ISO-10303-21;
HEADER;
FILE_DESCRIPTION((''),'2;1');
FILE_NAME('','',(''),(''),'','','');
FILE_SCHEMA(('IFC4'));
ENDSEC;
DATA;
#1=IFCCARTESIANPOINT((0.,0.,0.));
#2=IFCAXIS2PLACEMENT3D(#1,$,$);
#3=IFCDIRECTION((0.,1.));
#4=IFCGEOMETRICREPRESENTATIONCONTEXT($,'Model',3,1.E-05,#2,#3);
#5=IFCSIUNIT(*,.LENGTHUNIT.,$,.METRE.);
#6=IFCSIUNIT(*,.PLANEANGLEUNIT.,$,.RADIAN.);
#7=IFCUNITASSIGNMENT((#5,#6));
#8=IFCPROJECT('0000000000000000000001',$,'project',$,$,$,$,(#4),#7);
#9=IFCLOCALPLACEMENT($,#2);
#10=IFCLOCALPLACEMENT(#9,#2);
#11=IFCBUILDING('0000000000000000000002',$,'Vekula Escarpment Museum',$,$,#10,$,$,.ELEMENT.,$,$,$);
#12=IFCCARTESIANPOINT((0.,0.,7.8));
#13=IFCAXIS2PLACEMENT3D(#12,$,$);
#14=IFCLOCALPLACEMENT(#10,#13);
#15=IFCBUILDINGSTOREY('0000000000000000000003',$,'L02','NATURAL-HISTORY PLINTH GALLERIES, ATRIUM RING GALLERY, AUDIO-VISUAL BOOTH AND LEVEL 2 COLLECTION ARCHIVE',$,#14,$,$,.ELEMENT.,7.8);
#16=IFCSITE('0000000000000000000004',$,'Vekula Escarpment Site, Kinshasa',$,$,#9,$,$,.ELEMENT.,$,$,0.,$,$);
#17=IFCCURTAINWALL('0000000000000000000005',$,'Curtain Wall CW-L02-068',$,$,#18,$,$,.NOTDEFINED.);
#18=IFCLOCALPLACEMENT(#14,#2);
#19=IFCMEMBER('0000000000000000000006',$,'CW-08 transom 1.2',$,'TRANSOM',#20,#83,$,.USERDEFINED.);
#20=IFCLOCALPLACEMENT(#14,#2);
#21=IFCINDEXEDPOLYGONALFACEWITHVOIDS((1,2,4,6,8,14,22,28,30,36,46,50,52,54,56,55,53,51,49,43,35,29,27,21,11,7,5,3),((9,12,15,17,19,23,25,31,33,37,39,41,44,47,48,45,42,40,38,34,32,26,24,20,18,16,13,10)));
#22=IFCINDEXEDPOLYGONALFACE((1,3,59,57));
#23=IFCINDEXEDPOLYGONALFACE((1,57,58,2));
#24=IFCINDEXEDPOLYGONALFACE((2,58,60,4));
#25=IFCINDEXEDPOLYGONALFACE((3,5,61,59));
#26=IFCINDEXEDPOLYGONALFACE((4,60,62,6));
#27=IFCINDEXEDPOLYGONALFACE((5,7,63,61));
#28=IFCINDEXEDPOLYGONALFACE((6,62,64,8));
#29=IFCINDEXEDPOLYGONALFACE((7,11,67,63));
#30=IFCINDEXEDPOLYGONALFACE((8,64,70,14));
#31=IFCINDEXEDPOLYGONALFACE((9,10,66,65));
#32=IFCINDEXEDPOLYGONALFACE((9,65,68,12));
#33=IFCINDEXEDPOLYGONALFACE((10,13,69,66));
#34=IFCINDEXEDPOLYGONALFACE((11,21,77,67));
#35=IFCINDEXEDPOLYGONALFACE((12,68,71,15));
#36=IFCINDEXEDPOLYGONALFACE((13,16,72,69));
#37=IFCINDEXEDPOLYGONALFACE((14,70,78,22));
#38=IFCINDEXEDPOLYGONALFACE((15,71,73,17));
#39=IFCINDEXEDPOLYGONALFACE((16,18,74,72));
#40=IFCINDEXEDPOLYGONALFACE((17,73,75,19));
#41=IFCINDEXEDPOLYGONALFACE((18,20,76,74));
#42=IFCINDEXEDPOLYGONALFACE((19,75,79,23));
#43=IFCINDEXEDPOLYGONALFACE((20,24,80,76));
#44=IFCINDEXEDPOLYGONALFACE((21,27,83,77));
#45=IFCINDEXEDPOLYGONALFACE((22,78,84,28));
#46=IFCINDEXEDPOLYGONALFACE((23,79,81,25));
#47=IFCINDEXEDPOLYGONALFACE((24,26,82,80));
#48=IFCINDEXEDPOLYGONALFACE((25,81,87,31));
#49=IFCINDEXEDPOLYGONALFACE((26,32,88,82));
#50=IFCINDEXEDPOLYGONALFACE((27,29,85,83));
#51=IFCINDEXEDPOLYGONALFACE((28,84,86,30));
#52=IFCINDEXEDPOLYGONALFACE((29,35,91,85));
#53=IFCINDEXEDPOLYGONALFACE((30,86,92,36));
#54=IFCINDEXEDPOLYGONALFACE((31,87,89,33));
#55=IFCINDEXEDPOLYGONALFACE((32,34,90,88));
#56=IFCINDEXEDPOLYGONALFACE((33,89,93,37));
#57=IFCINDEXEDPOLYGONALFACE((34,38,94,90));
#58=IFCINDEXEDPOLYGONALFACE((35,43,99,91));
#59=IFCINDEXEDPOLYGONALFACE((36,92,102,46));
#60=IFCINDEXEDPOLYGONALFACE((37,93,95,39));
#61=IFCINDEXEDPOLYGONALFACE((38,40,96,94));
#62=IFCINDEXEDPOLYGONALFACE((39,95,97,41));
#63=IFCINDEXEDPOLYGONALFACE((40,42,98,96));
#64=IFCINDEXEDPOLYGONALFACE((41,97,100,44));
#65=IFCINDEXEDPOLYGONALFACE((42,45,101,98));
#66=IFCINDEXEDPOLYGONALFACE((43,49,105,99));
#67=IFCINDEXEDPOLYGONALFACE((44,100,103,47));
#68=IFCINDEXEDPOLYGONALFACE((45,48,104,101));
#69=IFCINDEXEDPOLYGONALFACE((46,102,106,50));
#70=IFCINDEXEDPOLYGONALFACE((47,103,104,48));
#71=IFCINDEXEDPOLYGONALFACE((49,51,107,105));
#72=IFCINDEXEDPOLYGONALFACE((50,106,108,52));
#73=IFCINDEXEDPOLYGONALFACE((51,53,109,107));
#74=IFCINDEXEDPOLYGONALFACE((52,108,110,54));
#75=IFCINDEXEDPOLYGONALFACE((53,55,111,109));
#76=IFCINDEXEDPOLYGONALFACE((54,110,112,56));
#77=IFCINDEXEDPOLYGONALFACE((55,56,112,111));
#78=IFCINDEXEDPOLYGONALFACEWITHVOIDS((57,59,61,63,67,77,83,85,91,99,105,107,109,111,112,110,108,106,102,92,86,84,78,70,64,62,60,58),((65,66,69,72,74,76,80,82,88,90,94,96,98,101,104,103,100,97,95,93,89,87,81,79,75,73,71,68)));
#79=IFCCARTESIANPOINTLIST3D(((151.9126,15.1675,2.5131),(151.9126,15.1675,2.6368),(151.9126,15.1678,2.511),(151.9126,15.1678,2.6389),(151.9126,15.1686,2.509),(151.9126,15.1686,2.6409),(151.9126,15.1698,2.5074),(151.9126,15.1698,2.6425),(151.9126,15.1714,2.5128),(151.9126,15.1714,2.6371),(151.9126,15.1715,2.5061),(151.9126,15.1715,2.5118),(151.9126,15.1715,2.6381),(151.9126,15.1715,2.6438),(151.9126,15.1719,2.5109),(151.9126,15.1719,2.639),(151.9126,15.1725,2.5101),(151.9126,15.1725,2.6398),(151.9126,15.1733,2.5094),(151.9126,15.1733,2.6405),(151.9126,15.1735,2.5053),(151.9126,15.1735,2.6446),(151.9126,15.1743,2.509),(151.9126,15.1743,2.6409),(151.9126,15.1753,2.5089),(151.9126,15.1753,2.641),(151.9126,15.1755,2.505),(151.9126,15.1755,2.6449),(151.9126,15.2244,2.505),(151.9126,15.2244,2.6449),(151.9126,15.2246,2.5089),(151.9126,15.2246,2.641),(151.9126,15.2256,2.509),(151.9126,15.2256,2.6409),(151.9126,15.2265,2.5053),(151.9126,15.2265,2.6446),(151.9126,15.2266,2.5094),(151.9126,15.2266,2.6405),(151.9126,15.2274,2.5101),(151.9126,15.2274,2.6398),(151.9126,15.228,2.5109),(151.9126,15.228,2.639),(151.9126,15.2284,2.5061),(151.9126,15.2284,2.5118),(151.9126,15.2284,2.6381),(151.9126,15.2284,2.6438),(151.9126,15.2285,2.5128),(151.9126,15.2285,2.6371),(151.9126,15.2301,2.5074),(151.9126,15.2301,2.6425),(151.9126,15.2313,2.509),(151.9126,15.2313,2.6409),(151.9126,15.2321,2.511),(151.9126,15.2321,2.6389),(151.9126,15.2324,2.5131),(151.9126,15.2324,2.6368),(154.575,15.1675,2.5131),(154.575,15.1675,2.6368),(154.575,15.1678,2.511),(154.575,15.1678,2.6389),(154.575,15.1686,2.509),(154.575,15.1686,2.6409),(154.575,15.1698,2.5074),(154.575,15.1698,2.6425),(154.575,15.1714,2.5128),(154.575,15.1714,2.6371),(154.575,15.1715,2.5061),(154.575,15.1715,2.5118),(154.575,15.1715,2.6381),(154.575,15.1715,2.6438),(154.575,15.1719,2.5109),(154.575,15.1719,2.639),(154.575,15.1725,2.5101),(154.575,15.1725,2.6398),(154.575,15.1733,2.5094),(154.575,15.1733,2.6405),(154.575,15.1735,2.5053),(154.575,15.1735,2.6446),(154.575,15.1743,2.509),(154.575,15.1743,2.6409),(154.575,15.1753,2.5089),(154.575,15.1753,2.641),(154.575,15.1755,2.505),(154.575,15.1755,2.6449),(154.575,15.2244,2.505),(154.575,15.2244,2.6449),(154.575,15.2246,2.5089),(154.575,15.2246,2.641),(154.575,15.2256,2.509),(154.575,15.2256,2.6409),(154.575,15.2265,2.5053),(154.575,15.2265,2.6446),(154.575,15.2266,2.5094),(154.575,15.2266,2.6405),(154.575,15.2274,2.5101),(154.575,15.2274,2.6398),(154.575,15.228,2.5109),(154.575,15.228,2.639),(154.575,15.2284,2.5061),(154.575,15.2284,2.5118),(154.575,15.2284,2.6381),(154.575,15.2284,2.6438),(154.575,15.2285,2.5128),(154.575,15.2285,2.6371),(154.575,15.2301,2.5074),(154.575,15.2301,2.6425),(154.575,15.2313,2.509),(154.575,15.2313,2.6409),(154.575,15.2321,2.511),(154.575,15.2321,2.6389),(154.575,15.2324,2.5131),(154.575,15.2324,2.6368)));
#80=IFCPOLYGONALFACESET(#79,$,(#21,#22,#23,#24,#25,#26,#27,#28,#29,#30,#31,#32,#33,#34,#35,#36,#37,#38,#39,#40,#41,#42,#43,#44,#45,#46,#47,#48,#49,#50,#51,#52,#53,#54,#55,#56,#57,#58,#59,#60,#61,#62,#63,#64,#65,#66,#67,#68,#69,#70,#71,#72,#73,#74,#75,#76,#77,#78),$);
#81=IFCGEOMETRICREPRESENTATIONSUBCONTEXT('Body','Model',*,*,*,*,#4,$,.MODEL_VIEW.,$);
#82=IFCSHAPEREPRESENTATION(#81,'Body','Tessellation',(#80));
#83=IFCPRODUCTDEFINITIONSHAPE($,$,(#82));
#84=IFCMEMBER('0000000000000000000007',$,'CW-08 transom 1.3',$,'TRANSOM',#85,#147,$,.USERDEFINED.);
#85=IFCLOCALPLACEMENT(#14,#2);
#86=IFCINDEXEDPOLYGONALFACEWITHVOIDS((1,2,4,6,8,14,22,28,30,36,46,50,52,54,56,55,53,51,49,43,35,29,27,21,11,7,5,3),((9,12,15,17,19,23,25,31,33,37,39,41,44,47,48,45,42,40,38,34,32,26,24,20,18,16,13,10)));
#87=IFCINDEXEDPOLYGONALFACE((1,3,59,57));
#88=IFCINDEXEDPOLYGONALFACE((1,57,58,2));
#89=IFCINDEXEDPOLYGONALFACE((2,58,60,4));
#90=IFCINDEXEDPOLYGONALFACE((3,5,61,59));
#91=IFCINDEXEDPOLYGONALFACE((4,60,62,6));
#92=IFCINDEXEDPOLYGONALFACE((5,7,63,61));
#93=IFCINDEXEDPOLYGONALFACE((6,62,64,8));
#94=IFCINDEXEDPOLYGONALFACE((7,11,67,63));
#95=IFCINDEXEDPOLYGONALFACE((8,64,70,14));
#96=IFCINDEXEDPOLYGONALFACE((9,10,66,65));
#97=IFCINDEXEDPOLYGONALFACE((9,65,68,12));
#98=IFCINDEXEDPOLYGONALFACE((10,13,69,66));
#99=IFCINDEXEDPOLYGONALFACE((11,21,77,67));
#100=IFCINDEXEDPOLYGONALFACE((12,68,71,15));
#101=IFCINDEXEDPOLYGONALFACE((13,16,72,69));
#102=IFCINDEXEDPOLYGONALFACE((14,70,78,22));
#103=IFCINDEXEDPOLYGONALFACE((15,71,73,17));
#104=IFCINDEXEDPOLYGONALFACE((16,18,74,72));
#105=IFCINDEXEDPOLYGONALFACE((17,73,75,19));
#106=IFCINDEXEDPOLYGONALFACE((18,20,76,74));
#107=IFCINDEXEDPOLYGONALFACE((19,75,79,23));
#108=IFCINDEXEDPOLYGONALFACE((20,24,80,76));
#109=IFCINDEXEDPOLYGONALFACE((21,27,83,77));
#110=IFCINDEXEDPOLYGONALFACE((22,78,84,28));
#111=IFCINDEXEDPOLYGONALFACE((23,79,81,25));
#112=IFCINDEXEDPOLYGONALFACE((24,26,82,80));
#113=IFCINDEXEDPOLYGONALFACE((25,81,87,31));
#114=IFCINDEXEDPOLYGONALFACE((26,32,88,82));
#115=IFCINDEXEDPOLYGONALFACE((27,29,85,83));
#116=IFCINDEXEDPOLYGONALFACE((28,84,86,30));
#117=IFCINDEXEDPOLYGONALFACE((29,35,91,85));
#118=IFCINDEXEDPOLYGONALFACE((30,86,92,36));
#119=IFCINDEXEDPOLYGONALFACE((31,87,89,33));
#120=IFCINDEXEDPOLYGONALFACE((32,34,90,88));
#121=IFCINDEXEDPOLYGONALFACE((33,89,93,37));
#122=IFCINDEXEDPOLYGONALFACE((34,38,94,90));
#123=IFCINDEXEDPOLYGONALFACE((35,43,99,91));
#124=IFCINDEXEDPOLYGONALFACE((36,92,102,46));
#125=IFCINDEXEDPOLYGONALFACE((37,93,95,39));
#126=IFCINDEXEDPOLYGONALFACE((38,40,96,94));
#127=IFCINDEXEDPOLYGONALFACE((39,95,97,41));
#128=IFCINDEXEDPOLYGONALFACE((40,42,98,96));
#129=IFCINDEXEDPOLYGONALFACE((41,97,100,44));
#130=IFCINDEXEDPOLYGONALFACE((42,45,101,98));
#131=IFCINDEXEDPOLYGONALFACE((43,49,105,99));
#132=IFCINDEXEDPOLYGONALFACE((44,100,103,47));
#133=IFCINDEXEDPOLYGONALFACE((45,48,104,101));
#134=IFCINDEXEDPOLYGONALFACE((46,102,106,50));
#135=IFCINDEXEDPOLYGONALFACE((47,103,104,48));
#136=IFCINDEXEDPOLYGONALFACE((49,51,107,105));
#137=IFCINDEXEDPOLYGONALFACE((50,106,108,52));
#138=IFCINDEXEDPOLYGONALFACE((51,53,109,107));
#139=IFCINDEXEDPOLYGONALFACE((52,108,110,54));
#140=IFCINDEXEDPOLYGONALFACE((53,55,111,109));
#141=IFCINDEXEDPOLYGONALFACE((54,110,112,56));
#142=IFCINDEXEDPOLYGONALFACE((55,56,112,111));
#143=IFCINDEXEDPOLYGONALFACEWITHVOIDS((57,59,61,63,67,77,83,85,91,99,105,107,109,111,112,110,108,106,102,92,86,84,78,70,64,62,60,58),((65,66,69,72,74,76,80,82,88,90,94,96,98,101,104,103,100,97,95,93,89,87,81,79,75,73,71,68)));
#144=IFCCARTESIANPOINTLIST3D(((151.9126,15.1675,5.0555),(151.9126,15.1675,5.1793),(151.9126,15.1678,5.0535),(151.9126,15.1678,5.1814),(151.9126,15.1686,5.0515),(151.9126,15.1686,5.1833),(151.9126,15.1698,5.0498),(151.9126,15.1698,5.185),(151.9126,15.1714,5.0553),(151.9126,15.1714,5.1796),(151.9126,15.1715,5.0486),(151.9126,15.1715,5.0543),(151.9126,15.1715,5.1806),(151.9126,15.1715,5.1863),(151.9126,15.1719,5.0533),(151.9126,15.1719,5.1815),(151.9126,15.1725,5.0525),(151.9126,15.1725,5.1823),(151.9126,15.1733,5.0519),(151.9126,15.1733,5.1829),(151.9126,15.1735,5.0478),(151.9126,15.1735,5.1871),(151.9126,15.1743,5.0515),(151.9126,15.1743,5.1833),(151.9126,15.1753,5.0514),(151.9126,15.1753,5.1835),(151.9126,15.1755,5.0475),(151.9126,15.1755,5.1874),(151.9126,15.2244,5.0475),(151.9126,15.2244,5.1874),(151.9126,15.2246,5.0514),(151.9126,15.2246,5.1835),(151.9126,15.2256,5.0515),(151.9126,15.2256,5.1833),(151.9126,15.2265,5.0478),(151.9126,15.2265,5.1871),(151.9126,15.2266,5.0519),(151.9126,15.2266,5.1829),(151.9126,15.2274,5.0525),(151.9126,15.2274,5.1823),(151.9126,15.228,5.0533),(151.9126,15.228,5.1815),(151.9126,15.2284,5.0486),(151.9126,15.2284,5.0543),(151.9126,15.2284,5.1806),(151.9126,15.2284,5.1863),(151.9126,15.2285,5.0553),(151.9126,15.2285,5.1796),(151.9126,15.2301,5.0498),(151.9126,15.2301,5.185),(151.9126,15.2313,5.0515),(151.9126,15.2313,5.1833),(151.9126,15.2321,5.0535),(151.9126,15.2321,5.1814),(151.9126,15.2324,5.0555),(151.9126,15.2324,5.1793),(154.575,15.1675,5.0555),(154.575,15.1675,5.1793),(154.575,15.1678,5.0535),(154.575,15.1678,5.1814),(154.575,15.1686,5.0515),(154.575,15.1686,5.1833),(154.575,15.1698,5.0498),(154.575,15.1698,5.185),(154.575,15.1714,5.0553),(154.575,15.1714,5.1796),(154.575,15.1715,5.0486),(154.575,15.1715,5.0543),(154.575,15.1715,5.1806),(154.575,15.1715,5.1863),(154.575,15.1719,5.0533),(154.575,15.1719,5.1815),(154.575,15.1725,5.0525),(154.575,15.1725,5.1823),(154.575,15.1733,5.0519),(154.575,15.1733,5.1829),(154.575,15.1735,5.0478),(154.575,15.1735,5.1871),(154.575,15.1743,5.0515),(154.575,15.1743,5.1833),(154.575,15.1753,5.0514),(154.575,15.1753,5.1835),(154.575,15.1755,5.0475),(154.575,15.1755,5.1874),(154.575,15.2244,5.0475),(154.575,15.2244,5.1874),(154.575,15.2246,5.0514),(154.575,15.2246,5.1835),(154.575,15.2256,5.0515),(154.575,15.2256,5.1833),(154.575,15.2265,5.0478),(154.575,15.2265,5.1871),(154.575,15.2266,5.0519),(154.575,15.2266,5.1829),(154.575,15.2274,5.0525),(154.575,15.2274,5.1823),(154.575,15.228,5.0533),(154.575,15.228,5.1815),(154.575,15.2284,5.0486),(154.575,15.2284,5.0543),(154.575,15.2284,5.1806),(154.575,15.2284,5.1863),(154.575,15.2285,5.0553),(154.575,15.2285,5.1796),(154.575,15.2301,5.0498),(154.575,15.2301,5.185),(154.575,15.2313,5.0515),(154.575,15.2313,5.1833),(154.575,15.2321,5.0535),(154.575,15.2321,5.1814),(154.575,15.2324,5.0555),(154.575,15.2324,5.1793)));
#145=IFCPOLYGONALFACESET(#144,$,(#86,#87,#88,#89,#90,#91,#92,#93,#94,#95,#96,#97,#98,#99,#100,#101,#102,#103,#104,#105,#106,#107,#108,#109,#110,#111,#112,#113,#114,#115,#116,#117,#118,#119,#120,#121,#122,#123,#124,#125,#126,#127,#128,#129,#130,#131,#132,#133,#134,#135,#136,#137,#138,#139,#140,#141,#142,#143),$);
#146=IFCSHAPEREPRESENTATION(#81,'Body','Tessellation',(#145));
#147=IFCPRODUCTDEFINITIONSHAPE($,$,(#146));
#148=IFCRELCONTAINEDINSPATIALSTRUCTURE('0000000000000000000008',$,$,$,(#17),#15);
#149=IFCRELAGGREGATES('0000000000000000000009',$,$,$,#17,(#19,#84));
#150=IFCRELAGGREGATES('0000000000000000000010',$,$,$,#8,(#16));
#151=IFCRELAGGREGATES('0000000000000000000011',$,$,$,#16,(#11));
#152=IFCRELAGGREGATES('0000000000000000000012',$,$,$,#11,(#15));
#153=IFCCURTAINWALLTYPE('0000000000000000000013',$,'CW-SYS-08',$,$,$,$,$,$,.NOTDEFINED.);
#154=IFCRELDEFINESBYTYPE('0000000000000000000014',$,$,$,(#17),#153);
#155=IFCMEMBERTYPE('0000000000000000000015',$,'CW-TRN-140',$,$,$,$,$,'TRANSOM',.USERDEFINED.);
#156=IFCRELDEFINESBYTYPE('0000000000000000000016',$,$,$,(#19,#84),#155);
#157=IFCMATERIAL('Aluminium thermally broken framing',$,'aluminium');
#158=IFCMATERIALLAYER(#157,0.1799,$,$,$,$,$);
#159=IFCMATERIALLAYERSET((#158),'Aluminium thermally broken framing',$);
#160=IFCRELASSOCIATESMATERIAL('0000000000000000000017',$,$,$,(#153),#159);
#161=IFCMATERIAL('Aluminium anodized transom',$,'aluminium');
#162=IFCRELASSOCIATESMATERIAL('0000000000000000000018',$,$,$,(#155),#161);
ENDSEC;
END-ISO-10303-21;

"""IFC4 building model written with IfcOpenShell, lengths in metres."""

from ifc_helpers import new_model, si_unit, direction, frame, origin, origin_2d, place, context, subcontext, project, spatial, hollow_rectangle, extrude, material, layer, layer_set, material_profile, profile_set, type_object, element, aggregate, save


model = new_model("IFC4")

# Units and contexts
model_context = context("Model", 3, precision=1e-05, world=origin(), true_north=direction((0.0, 1.0)))
body_context = subcontext(model_context, "Body", "Model", "MODEL_VIEW")
ifc_project = project(units=[si_unit("LENGTHUNIT", "METRE"), si_unit("PLANEANGLEUNIT", "RADIAN")], contexts=[model_context])

# Site, building, storey
site_placement = place(None, origin())
site = spatial("IfcSite", under=ifc_project, at=site_placement, Name="Vekula Escarpment Site, Kinshasa", CompositionType="ELEMENT", RefElevation=0.0)
building_placement = place(site_placement, origin())
building = spatial("IfcBuilding", under=site, at=building_placement, Name="Vekula Escarpment Museum", CompositionType="ELEMENT")
storey_placement = place(building_placement, frame((0.0, 0.0, 7.8)))
storey = spatial("IfcBuildingStorey", under=building, at=storey_placement, Name="L02", Description="NATURAL-HISTORY PLINTH GALLERIES, ATRIUM RING GALLERY, AUDIO-VISUAL BOOTH AND LEVEL 2 COLLECTION ARCHIVE", CompositionType="ELEMENT", Elevation=7.8)

# Curtain wall, members
ifc_material_1 = material(Name="Aluminium thermally broken framing", Category="aluminium")
ifc_layer_1 = layer(ifc_material_1, 0.1799)
ifc_layer_set_1 = layer_set([ifc_layer_1], Name="Aluminium thermally broken framing")
curtain_wall_type = type_object("IfcCurtainWallType", Name="CW-SYS-08", PredefinedType="NOTDEFINED", material=ifc_layer_set_1)
curtain_wall_placement = place(storey_placement, origin())
curtain_wall = element("IfcCurtainWall", 1, at=curtain_wall_placement, inside=storey, type_object=curtain_wall_type, Name="Curtain Wall CW-L02-068", PredefinedType="NOTDEFINED")
ifc_material_2 = material(Name="Aluminium anodized transom", Category="aluminium")
ifc_material_profile_1 = material_profile(ifc_material_2, hollow_rectangle(XDim=0.0649, YDim=0.1399, WallThickness=0.0039, InnerFilletRadius=0.0039, OuterFilletRadius=0.0081, at=origin_2d()), Name="ALU 140x65x4")
ifc_profile_set_1 = profile_set([ifc_material_profile_1], Name="Aluminium anodized transom")
member_type_1 = type_object("IfcMemberType", Name="CW-TRN-140", ElementType="TRANSOM", PredefinedType="USERDEFINED", material=ifc_profile_set_1)
member_1_placement = place(storey_placement, frame((154.575, 15.2, 2.575), z_axis=(-1.0, 0.0, 0.0), x_axis=(0.0, -1.0, 0.0)))
member_1 = element("IfcMember", 2, at=member_1_placement, type_object=member_type_1, Name="CW-08 transom 1.2", ObjectType="TRANSOM", PredefinedType="USERDEFINED", context=body_context, shape_type="SweptSolid", body=[
    extrude(hollow_rectangle(XDim=0.0649, YDim=0.1399, WallThickness=0.0039, InnerFilletRadius=0.0039, OuterFilletRadius=0.0081, at=origin_2d()), origin(), (0.0, 0.0, 1.0), 2.6624),
])
member_2_placement = place(storey_placement, frame((154.575, 15.2, 5.1174), z_axis=(-1.0, 0.0, 0.0), x_axis=(0.0, -1.0, 0.0)))
member_2 = element("IfcMember", 3, at=member_2_placement, type_object=member_type_1, Name="CW-08 transom 1.3", ObjectType="TRANSOM", PredefinedType="USERDEFINED", context=body_context, shape_type="SweptSolid", body=[
    extrude(hollow_rectangle(XDim=0.0649, YDim=0.1399, WallThickness=0.0039, InnerFilletRadius=0.0039, OuterFilletRadius=0.0081, at=origin_2d()), origin(), (0.0, 0.0, 1.0), 2.6624),
])
aggregate(curtain_wall, [member_1, member_2])

save(model, "model.ifc")
